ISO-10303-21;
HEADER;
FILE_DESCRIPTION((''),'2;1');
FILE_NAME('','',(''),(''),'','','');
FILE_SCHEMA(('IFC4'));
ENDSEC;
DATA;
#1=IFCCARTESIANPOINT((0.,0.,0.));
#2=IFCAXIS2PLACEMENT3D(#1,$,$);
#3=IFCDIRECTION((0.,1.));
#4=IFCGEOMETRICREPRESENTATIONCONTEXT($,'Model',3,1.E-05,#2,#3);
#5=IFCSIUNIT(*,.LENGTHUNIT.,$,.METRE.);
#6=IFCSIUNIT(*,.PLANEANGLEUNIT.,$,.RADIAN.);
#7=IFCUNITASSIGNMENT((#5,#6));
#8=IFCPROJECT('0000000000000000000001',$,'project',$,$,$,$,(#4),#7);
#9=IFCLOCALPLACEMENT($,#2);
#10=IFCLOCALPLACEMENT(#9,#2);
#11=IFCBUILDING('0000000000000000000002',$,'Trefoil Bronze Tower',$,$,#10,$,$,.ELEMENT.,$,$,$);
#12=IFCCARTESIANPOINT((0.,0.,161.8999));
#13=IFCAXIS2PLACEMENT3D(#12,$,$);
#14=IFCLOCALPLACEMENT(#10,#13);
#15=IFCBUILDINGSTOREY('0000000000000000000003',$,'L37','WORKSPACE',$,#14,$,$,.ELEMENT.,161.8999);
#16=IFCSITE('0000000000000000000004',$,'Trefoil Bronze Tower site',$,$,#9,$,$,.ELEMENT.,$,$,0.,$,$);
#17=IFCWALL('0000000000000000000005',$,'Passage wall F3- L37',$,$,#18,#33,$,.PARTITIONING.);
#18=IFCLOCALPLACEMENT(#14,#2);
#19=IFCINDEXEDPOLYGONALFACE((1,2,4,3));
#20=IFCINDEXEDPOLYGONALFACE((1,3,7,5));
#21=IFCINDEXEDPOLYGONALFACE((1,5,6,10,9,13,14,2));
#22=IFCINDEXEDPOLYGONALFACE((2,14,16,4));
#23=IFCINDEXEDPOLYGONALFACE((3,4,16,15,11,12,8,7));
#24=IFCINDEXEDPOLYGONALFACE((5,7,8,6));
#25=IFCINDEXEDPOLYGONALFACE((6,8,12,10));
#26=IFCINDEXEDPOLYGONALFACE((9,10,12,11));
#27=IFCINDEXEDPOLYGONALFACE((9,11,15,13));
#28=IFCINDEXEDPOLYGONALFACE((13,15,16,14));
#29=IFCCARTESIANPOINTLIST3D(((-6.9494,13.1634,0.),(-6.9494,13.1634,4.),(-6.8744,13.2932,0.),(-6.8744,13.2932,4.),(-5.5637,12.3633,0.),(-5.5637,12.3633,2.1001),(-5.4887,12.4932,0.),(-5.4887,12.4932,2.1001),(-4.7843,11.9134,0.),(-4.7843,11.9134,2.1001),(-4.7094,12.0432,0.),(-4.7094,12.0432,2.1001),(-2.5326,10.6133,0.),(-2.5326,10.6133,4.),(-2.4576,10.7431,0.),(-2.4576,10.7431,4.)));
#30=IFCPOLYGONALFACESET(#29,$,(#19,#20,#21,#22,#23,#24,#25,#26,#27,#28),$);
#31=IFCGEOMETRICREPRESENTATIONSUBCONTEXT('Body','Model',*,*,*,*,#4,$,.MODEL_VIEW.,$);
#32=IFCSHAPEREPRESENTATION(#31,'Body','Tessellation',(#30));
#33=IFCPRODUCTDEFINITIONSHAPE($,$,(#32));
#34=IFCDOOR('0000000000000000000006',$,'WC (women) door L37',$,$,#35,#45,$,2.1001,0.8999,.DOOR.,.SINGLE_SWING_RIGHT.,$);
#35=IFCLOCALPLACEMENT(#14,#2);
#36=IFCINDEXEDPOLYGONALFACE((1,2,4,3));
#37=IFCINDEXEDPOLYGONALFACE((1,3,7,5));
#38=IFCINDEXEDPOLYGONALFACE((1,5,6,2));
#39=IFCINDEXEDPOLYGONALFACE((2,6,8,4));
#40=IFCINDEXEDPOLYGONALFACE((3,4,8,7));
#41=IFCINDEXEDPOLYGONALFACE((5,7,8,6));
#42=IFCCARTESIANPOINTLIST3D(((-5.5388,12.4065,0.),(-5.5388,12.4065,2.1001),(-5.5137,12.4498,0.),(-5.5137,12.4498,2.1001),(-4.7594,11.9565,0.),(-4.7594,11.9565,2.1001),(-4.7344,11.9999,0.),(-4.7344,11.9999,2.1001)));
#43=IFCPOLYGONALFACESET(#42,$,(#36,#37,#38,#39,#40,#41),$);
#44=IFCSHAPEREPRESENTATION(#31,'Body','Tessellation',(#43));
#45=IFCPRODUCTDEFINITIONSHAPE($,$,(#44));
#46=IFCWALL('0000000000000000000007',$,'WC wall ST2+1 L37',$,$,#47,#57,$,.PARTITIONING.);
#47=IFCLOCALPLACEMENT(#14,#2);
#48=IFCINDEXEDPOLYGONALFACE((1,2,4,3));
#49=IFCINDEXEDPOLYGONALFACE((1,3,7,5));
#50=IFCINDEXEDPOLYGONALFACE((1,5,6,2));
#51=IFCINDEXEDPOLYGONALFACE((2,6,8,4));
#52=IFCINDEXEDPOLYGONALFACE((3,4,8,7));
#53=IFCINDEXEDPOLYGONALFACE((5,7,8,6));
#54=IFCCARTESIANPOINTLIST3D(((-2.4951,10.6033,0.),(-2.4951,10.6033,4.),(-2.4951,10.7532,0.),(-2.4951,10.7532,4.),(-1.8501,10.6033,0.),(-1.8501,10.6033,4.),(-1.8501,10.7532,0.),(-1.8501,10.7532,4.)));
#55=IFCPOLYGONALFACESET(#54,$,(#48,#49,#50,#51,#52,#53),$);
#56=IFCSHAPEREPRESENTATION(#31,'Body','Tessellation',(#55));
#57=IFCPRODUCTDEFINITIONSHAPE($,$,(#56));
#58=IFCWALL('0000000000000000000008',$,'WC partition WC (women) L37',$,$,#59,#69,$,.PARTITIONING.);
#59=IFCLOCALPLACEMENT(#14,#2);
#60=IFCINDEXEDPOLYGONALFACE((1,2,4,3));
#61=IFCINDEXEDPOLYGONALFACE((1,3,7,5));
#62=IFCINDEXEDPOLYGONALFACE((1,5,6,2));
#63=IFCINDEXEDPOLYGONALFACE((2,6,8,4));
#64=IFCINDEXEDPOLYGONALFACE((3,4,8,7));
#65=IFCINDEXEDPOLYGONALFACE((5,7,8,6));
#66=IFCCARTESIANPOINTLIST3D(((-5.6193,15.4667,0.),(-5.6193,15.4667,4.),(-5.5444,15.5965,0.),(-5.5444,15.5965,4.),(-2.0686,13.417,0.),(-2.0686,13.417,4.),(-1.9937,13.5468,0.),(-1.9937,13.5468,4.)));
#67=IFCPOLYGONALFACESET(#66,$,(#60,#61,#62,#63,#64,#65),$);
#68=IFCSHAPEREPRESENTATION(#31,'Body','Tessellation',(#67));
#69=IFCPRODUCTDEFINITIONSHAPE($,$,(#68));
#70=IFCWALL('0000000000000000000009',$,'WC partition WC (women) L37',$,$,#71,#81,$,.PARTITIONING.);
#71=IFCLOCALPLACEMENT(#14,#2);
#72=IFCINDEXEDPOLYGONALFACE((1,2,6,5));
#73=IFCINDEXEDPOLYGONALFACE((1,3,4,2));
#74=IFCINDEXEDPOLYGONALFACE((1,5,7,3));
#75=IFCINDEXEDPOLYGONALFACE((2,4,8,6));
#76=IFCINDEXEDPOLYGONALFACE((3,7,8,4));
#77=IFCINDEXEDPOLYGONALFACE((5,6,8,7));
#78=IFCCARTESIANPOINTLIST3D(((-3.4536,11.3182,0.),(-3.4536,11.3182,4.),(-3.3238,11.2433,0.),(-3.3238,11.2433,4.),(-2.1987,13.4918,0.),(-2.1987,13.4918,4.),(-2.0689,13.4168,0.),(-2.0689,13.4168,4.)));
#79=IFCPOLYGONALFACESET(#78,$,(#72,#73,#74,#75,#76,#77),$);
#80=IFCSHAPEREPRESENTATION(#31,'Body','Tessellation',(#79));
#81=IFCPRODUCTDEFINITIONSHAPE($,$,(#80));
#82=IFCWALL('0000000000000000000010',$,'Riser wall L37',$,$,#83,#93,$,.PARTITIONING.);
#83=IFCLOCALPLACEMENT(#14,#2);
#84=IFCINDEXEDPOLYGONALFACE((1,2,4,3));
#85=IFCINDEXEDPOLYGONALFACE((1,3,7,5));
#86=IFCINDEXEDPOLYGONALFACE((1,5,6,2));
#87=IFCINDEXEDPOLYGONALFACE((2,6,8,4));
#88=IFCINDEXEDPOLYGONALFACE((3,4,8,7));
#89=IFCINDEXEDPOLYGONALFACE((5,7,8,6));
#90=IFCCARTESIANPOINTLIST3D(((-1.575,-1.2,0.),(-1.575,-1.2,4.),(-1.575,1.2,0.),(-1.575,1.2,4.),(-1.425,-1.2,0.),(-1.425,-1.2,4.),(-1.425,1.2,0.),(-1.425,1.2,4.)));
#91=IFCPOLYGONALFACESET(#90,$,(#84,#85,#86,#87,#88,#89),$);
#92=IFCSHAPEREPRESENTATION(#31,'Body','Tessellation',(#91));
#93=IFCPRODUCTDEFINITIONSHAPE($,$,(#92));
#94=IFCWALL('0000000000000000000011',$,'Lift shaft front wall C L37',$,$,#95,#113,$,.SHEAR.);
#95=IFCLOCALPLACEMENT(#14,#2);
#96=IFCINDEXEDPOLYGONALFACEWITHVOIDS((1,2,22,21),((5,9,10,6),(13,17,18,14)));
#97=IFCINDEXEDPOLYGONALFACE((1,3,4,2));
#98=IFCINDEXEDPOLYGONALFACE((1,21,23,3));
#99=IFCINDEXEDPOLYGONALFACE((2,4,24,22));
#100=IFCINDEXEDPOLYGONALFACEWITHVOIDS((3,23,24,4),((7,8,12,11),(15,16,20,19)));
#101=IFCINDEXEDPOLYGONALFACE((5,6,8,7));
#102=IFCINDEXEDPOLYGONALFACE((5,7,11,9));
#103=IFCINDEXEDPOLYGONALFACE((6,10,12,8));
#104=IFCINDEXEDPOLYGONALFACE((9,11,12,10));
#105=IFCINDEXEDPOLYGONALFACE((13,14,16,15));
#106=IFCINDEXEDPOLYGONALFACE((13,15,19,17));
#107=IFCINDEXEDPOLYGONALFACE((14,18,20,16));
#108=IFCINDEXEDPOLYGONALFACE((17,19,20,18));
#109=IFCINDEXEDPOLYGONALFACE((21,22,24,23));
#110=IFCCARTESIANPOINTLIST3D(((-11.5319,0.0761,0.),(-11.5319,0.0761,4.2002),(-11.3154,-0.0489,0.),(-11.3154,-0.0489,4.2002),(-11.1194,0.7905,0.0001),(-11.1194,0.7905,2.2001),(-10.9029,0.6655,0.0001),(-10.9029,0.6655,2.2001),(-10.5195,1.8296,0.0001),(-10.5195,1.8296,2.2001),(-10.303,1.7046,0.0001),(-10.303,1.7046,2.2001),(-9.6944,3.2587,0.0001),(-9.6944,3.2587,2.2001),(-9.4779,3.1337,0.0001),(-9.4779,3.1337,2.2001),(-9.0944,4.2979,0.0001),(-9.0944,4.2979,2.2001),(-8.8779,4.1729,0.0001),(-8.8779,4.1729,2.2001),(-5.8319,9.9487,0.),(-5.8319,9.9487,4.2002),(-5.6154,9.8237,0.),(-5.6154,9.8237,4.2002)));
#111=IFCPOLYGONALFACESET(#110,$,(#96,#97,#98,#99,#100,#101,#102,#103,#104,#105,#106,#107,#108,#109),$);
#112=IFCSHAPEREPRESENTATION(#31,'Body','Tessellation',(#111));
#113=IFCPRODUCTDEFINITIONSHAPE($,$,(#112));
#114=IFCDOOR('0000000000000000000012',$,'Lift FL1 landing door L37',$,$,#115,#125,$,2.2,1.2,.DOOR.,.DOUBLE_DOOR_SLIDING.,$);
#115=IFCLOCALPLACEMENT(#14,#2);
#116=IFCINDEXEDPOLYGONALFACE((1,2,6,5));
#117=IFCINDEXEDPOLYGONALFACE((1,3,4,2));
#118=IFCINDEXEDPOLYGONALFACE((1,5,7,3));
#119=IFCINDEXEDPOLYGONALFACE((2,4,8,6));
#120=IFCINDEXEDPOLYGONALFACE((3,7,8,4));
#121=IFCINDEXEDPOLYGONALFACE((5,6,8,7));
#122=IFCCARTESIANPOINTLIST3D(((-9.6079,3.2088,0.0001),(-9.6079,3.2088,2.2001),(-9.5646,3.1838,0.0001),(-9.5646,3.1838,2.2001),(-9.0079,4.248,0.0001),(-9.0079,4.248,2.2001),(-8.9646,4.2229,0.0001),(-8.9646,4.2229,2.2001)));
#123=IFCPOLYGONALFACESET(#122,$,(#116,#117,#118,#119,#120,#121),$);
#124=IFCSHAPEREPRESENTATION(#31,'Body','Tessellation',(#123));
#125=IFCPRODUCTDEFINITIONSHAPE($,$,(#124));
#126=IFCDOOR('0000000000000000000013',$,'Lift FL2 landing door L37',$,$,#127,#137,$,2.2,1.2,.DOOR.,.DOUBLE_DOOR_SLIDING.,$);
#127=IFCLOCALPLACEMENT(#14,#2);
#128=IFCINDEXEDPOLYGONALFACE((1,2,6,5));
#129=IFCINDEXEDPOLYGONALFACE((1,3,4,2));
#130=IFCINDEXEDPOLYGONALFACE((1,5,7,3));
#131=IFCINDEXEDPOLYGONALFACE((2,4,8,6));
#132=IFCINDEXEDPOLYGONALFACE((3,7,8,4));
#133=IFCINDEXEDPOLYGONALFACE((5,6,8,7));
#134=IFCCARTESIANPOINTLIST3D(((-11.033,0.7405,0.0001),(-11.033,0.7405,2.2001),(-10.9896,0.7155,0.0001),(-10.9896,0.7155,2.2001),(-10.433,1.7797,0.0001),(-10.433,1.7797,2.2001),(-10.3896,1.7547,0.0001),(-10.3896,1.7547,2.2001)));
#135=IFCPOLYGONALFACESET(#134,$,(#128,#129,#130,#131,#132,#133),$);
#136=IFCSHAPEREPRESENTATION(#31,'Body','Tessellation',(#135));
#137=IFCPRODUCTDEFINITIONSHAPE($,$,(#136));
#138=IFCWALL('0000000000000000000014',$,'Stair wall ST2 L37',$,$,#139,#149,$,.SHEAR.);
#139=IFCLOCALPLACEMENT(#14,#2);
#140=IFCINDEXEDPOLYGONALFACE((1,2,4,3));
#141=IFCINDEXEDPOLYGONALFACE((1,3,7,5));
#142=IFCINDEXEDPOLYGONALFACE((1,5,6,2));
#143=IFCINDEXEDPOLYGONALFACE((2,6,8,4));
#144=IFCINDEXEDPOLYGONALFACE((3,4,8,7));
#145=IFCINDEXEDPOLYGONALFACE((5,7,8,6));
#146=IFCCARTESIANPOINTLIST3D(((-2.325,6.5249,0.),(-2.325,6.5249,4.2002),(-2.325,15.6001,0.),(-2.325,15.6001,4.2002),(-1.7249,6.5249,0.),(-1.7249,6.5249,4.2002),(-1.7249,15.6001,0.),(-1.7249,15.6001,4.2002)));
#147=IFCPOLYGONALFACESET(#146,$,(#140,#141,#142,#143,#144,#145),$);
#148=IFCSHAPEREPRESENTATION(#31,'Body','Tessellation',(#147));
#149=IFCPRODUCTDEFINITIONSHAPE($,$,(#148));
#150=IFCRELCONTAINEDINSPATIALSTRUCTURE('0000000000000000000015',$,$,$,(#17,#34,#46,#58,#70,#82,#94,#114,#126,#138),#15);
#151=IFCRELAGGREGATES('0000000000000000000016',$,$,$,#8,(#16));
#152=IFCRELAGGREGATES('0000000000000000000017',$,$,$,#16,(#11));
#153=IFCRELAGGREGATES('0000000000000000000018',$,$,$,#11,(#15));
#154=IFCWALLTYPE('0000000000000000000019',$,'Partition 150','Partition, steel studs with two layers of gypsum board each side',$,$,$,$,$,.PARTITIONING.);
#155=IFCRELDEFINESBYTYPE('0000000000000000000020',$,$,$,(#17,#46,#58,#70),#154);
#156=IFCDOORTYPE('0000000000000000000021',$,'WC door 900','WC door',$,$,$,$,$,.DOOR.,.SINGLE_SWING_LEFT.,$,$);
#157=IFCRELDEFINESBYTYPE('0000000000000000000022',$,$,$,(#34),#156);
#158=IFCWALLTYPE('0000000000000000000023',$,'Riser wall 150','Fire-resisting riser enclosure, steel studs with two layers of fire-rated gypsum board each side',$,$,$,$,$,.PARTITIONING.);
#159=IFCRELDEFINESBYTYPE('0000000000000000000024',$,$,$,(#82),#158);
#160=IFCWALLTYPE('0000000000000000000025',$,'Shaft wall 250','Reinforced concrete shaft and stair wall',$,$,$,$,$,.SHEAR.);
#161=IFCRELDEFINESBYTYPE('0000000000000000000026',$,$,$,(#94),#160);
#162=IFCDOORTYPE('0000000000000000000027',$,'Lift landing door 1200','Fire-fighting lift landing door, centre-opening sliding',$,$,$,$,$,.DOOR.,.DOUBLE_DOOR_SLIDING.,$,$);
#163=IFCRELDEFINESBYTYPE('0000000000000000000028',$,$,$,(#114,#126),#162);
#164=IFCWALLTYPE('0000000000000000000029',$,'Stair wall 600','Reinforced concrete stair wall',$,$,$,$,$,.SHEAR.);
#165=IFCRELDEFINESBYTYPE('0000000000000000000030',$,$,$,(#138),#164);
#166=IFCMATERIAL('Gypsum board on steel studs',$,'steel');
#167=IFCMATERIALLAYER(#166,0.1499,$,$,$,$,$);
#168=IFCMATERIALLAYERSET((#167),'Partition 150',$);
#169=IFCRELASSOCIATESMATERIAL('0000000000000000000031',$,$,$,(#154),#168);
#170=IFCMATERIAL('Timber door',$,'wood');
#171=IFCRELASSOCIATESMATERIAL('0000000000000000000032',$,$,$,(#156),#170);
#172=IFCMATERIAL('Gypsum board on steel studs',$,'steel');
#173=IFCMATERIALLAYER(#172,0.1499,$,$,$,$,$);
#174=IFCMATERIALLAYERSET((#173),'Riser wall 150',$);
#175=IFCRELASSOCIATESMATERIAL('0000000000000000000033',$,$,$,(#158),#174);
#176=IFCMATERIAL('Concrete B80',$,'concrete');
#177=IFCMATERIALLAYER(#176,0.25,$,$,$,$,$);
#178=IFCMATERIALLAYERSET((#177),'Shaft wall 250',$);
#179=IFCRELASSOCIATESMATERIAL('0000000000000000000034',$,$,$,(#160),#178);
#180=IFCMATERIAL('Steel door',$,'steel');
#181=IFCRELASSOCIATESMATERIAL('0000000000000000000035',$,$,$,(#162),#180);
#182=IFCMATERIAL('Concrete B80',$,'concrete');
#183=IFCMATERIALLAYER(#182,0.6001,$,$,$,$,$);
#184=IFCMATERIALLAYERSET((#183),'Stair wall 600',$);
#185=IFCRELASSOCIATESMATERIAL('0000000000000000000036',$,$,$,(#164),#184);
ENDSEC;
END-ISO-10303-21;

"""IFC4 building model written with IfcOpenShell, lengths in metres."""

from ifc_helpers import new_model, si_unit, direction, frame, frame_2d, origin, place, context, subcontext, project, spatial, rectangle, extrude, material, layer, layer_set, type_object, element, fill, save


model = new_model("IFC4")

# Units and contexts
model_context = context("Model", 3, precision=1e-05, world=origin(), true_north=direction((0.0, 1.0)))
body_context = subcontext(model_context, "Body", "Model", "MODEL_VIEW")
ifc_project = project(units=[si_unit("LENGTHUNIT", "METRE"), si_unit("PLANEANGLEUNIT", "RADIAN")], contexts=[model_context])

# Site, building, storey
site_placement = place(None, origin())
site = spatial("IfcSite", under=ifc_project, at=site_placement, Name="Trefoil Bronze Tower site", CompositionType="ELEMENT", RefElevation=0.0)
building_placement = place(site_placement, origin())
building = spatial("IfcBuilding", under=site, at=building_placement, Name="Trefoil Bronze Tower", CompositionType="ELEMENT")
storey_placement = place(building_placement, frame((0.0, 0.0, 161.8999)))
storey = spatial("IfcBuildingStorey", under=building, at=storey_placement, Name="L37", Description="WORKSPACE", CompositionType="ELEMENT", Elevation=161.8999)

# Wall, opening, door
ifc_material_1 = material(Name="Gypsum board on steel studs", Category="steel")
ifc_layer_1 = layer(ifc_material_1, 0.1499)
ifc_layer_set_1 = layer_set([ifc_layer_1], Name="Partition 150")
wall_type_1 = type_object("IfcWallType", Name="Partition 150", Description="Partition, steel studs with two layers of gypsum board each side", PredefinedType="PARTITIONING", material=ifc_layer_set_1)
wall_1_placement = place(storey_placement, frame((-2.4951, 10.6782, 0.0), z_axis=(0.0, 0.0, 1.0), x_axis=(-0.866022, 0.500006, 0.0)))
wall_1 = element("IfcWall", 1, at=wall_1_placement, inside=storey, type_object=wall_type_1, Name="Passage wall F3- L37", PredefinedType="PARTITIONING", context=body_context, shape_type="SweptSolid", body=[
    extrude(rectangle(XDim=5.1001, YDim=0.1499, at=frame_2d((2.55, 0.0))), origin(), (0.0, 0.0, 1.0), 4.0),
])
opening_1_placement = place(wall_1_placement, frame((2.6001, 0.0, 0.0)))
opening_1 = element("IfcOpeningElement", 2, at=opening_1_placement, cuts=wall_1, PredefinedType="OPENING", context=body_context, shape_type="SweptSolid", body=[
    extrude(rectangle(XDim=0.8999, YDim=2.1001, at=frame_2d((0.45, 1.05))), frame((0.0, 0.085, 0.0), z_axis=(0.0, -1.0, 0.0), x_axis=(1.0, 0.0, 0.0)), (0.0, 0.0, 1.0), 0.1699),
])
ifc_material_2 = material(Name="Timber door", Category="wood")
door_type_1 = type_object("IfcDoorType", Name="WC door 900", Description="WC door", OperationType="SINGLE_SWING_LEFT", PredefinedType="DOOR", material=ifc_material_2)
door_1_placement = place(opening_1_placement, frame((0.8999, 0.0, 0.0), z_axis=(0.0, 0.0, 1.0), x_axis=(-1.0, 0.0, 0.0)))
door_1 = element("IfcDoor", 3, at=door_1_placement, inside=storey, type_object=door_type_1, Name="WC (women) door L37", OperationType="SINGLE_SWING_RIGHT", OverallHeight=2.1001, OverallWidth=0.8999, PredefinedType="DOOR", context=body_context, shape_type="SweptSolid", body=[
    extrude(rectangle(XDim=0.8999, YDim=2.1001, at=frame_2d((0.45, 1.05))), frame((0.0, 0.0249, 0.0), z_axis=(0.0, -1.0, 0.0), x_axis=(1.0, 0.0, 0.0)), (0.0, 0.0, 1.0), 0.05),
])
fill(opening_1, door_1)

# Walls
wall_2_placement = place(storey_placement, frame((-2.4951, 10.6782, 0.0), z_axis=(0.0, 0.0, 1.0), x_axis=(1.0, 0.0, 0.0)))
element("IfcWall", 4, at=wall_2_placement, inside=storey, type_object=wall_type_1, Name="WC wall ST2+1 L37", PredefinedType="PARTITIONING", context=body_context, shape_type="SweptSolid", body=[
    extrude(rectangle(XDim=0.645, YDim=0.1499, at=frame_2d((0.3225, 0.0))), origin(), (0.0, 0.0, 1.0), 4.0),
])
wall_3_placement = place(storey_placement, frame((-2.0312, 13.4819, 0.0), z_axis=(0.0, 0.0, 1.0), x_axis=(-0.866051, 0.499956, 0.0)))
element("IfcWall", 5, at=wall_3_placement, inside=storey, type_object=wall_type_1, Name="WC partition WC (women) L37", PredefinedType="PARTITIONING", context=body_context, shape_type="SweptSolid", body=[
    extrude(rectangle(XDim=4.0999, YDim=0.1499, at=frame_2d((2.0498, 0.0))), origin(), (0.0, 0.0, 1.0), 4.0),
])
wall_4_placement = place(storey_placement, frame((-3.3887, 11.2808, 0.0), z_axis=(0.0, 0.0, 1.0), x_axis=(0.499989, 0.866032, 0.0)))
element("IfcWall", 6, at=wall_4_placement, inside=storey, type_object=wall_type_1, Name="WC partition WC (women) L37", PredefinedType="PARTITIONING", context=body_context, shape_type="SweptSolid", body=[
    extrude(rectangle(XDim=2.5098, YDim=0.1499, at=frame_2d((1.2549, 0.0))), origin(), (0.0, 0.0, 1.0), 4.0),
])
ifc_material_3 = material(Name="Gypsum board on steel studs", Category="steel")
ifc_layer_2 = layer(ifc_material_3, 0.1499)
ifc_layer_set_2 = layer_set([ifc_layer_2], Name="Riser wall 150")
wall_type_2 = type_object("IfcWallType", Name="Riser wall 150", Description="Fire-resisting riser enclosure, steel studs with two layers of fire-rated gypsum board each side", PredefinedType="PARTITIONING", material=ifc_layer_set_2)
wall_5_placement = place(storey_placement, frame((-1.5, 1.2, 0.0), z_axis=(0.0, 0.0, 1.0), x_axis=(0.0, -1.0, 0.0)))
element("IfcWall", 7, at=wall_5_placement, inside=storey, type_object=wall_type_2, Name="Riser wall L37", PredefinedType="PARTITIONING", context=body_context, shape_type="SweptSolid", body=[
    extrude(rectangle(XDim=2.3999, YDim=0.1499, at=frame_2d((1.2, 0.0))), origin(), (0.0, 0.0, 1.0), 4.0),
])

# Wall, openings, doors
ifc_material_4 = material(Name="Concrete B80", Category="concrete")
ifc_layer_3 = layer(ifc_material_4, 0.25)
ifc_layer_set_3 = layer_set([ifc_layer_3], Name="Shaft wall 250")
wall_type_3 = type_object("IfcWallType", Name="Shaft wall 250", Description="Reinforced concrete shaft and stair wall", PredefinedType="SHEAR", material=ifc_layer_set_3)
wall_6_placement = place(storey_placement, frame((-5.7236, 9.8862, 0.0), z_axis=(0.0, 0.0, 1.0), x_axis=(-0.500002, -0.866024, 0.0)))
wall_6 = element("IfcWall", 8, at=wall_6_placement, inside=storey, type_object=wall_type_3, Name="Lift shaft front wall C L37", PredefinedType="SHEAR", context=body_context, shape_type="SweptSolid", body=[
    extrude(rectangle(XDim=11.3999, YDim=0.25, at=frame_2d((5.7, 0.0))), origin(), (0.0, 0.0, 1.0), 4.2002),
])
opening_2_placement = place(wall_6_placement, frame((6.5249, 0.0, 0.0)))
opening_2 = element("IfcOpeningElement", 9, at=opening_2_placement, cuts=wall_6, PredefinedType="OPENING", context=body_context, shape_type="SweptSolid", body=[
    extrude(rectangle(XDim=1.2, YDim=2.2, at=frame_2d((0.6001, 1.1001))), frame((0.0, 0.135, 0.0), z_axis=(0.0, -1.0, 0.0), x_axis=(1.0, 0.0, 0.0)), (0.0, 0.0, 1.0), 0.27),
])
opening_3_placement = place(wall_6_placement, frame((9.375, 0.0, 0.0)))
opening_3 = element("IfcOpeningElement", 10, at=opening_3_placement, cuts=wall_6, PredefinedType="OPENING", context=body_context, shape_type="SweptSolid", body=[
    extrude(rectangle(XDim=1.2, YDim=2.2, at=frame_2d((0.6001, 1.1001))), frame((0.0, 0.135, 0.0), z_axis=(0.0, -1.0, 0.0), x_axis=(1.0, 0.0, 0.0)), (0.0, 0.0, 1.0), 0.27),
])
ifc_material_5 = material(Name="Steel door", Category="steel")
door_type_2 = type_object("IfcDoorType", Name="Lift landing door 1200", Description="Fire-fighting lift landing door, centre-opening sliding", OperationType="DOUBLE_DOOR_SLIDING", PredefinedType="DOOR", material=ifc_material_5)
door_2_placement = place(opening_2_placement, origin())
door_2 = element("IfcDoor", 11, at=door_2_placement, inside=storey, type_object=door_type_2, Name="Lift FL1 landing door L37", OperationType="DOUBLE_DOOR_SLIDING", OverallHeight=2.2, OverallWidth=1.2, PredefinedType="DOOR", context=body_context, shape_type="SweptSolid", body=[
    extrude(rectangle(XDim=1.2, YDim=2.2, at=frame_2d((0.6001, 1.1001))), frame((0.0, 0.0249, 0.0), z_axis=(0.0, -1.0, 0.0), x_axis=(1.0, 0.0, 0.0)), (0.0, 0.0, 1.0), 0.05),
])
fill(opening_2, door_2)
door_3_placement = place(opening_3_placement, origin())
door_3 = element("IfcDoor", 12, at=door_3_placement, inside=storey, type_object=door_type_2, Name="Lift FL2 landing door L37", OperationType="DOUBLE_DOOR_SLIDING", OverallHeight=2.2, OverallWidth=1.2, PredefinedType="DOOR", context=body_context, shape_type="SweptSolid", body=[
    extrude(rectangle(XDim=1.2, YDim=2.2, at=frame_2d((0.6001, 1.1001))), frame((0.0, 0.0249, 0.0), z_axis=(0.0, -1.0, 0.0), x_axis=(1.0, 0.0, 0.0)), (0.0, 0.0, 1.0), 0.05),
])
fill(opening_3, door_3)

# Wall
ifc_material_6 = material(Name="Concrete B80", Category="concrete")
ifc_layer_4 = layer(ifc_material_6, 0.6001)
ifc_layer_set_4 = layer_set([ifc_layer_4], Name="Stair wall 600")
wall_type_4 = type_object("IfcWallType", Name="Stair wall 600", Description="Reinforced concrete stair wall", PredefinedType="SHEAR", material=ifc_layer_set_4)
wall_7_placement = place(storey_placement, frame((-2.0249, 6.5249, 0.0), z_axis=(0.0, 0.0, 1.0), x_axis=(0.0, 1.0, 0.0)))
element("IfcWall", 13, at=wall_7_placement, inside=storey, type_object=wall_type_4, Name="Stair wall ST2 L37", PredefinedType="SHEAR", context=body_context, shape_type="SweptSolid", body=[
    extrude(rectangle(XDim=9.0752, YDim=0.6001, at=frame_2d((4.5376, 0.0))), origin(), (0.0, 0.0, 1.0), 4.2002),
])

save(model, "model.ifc")
